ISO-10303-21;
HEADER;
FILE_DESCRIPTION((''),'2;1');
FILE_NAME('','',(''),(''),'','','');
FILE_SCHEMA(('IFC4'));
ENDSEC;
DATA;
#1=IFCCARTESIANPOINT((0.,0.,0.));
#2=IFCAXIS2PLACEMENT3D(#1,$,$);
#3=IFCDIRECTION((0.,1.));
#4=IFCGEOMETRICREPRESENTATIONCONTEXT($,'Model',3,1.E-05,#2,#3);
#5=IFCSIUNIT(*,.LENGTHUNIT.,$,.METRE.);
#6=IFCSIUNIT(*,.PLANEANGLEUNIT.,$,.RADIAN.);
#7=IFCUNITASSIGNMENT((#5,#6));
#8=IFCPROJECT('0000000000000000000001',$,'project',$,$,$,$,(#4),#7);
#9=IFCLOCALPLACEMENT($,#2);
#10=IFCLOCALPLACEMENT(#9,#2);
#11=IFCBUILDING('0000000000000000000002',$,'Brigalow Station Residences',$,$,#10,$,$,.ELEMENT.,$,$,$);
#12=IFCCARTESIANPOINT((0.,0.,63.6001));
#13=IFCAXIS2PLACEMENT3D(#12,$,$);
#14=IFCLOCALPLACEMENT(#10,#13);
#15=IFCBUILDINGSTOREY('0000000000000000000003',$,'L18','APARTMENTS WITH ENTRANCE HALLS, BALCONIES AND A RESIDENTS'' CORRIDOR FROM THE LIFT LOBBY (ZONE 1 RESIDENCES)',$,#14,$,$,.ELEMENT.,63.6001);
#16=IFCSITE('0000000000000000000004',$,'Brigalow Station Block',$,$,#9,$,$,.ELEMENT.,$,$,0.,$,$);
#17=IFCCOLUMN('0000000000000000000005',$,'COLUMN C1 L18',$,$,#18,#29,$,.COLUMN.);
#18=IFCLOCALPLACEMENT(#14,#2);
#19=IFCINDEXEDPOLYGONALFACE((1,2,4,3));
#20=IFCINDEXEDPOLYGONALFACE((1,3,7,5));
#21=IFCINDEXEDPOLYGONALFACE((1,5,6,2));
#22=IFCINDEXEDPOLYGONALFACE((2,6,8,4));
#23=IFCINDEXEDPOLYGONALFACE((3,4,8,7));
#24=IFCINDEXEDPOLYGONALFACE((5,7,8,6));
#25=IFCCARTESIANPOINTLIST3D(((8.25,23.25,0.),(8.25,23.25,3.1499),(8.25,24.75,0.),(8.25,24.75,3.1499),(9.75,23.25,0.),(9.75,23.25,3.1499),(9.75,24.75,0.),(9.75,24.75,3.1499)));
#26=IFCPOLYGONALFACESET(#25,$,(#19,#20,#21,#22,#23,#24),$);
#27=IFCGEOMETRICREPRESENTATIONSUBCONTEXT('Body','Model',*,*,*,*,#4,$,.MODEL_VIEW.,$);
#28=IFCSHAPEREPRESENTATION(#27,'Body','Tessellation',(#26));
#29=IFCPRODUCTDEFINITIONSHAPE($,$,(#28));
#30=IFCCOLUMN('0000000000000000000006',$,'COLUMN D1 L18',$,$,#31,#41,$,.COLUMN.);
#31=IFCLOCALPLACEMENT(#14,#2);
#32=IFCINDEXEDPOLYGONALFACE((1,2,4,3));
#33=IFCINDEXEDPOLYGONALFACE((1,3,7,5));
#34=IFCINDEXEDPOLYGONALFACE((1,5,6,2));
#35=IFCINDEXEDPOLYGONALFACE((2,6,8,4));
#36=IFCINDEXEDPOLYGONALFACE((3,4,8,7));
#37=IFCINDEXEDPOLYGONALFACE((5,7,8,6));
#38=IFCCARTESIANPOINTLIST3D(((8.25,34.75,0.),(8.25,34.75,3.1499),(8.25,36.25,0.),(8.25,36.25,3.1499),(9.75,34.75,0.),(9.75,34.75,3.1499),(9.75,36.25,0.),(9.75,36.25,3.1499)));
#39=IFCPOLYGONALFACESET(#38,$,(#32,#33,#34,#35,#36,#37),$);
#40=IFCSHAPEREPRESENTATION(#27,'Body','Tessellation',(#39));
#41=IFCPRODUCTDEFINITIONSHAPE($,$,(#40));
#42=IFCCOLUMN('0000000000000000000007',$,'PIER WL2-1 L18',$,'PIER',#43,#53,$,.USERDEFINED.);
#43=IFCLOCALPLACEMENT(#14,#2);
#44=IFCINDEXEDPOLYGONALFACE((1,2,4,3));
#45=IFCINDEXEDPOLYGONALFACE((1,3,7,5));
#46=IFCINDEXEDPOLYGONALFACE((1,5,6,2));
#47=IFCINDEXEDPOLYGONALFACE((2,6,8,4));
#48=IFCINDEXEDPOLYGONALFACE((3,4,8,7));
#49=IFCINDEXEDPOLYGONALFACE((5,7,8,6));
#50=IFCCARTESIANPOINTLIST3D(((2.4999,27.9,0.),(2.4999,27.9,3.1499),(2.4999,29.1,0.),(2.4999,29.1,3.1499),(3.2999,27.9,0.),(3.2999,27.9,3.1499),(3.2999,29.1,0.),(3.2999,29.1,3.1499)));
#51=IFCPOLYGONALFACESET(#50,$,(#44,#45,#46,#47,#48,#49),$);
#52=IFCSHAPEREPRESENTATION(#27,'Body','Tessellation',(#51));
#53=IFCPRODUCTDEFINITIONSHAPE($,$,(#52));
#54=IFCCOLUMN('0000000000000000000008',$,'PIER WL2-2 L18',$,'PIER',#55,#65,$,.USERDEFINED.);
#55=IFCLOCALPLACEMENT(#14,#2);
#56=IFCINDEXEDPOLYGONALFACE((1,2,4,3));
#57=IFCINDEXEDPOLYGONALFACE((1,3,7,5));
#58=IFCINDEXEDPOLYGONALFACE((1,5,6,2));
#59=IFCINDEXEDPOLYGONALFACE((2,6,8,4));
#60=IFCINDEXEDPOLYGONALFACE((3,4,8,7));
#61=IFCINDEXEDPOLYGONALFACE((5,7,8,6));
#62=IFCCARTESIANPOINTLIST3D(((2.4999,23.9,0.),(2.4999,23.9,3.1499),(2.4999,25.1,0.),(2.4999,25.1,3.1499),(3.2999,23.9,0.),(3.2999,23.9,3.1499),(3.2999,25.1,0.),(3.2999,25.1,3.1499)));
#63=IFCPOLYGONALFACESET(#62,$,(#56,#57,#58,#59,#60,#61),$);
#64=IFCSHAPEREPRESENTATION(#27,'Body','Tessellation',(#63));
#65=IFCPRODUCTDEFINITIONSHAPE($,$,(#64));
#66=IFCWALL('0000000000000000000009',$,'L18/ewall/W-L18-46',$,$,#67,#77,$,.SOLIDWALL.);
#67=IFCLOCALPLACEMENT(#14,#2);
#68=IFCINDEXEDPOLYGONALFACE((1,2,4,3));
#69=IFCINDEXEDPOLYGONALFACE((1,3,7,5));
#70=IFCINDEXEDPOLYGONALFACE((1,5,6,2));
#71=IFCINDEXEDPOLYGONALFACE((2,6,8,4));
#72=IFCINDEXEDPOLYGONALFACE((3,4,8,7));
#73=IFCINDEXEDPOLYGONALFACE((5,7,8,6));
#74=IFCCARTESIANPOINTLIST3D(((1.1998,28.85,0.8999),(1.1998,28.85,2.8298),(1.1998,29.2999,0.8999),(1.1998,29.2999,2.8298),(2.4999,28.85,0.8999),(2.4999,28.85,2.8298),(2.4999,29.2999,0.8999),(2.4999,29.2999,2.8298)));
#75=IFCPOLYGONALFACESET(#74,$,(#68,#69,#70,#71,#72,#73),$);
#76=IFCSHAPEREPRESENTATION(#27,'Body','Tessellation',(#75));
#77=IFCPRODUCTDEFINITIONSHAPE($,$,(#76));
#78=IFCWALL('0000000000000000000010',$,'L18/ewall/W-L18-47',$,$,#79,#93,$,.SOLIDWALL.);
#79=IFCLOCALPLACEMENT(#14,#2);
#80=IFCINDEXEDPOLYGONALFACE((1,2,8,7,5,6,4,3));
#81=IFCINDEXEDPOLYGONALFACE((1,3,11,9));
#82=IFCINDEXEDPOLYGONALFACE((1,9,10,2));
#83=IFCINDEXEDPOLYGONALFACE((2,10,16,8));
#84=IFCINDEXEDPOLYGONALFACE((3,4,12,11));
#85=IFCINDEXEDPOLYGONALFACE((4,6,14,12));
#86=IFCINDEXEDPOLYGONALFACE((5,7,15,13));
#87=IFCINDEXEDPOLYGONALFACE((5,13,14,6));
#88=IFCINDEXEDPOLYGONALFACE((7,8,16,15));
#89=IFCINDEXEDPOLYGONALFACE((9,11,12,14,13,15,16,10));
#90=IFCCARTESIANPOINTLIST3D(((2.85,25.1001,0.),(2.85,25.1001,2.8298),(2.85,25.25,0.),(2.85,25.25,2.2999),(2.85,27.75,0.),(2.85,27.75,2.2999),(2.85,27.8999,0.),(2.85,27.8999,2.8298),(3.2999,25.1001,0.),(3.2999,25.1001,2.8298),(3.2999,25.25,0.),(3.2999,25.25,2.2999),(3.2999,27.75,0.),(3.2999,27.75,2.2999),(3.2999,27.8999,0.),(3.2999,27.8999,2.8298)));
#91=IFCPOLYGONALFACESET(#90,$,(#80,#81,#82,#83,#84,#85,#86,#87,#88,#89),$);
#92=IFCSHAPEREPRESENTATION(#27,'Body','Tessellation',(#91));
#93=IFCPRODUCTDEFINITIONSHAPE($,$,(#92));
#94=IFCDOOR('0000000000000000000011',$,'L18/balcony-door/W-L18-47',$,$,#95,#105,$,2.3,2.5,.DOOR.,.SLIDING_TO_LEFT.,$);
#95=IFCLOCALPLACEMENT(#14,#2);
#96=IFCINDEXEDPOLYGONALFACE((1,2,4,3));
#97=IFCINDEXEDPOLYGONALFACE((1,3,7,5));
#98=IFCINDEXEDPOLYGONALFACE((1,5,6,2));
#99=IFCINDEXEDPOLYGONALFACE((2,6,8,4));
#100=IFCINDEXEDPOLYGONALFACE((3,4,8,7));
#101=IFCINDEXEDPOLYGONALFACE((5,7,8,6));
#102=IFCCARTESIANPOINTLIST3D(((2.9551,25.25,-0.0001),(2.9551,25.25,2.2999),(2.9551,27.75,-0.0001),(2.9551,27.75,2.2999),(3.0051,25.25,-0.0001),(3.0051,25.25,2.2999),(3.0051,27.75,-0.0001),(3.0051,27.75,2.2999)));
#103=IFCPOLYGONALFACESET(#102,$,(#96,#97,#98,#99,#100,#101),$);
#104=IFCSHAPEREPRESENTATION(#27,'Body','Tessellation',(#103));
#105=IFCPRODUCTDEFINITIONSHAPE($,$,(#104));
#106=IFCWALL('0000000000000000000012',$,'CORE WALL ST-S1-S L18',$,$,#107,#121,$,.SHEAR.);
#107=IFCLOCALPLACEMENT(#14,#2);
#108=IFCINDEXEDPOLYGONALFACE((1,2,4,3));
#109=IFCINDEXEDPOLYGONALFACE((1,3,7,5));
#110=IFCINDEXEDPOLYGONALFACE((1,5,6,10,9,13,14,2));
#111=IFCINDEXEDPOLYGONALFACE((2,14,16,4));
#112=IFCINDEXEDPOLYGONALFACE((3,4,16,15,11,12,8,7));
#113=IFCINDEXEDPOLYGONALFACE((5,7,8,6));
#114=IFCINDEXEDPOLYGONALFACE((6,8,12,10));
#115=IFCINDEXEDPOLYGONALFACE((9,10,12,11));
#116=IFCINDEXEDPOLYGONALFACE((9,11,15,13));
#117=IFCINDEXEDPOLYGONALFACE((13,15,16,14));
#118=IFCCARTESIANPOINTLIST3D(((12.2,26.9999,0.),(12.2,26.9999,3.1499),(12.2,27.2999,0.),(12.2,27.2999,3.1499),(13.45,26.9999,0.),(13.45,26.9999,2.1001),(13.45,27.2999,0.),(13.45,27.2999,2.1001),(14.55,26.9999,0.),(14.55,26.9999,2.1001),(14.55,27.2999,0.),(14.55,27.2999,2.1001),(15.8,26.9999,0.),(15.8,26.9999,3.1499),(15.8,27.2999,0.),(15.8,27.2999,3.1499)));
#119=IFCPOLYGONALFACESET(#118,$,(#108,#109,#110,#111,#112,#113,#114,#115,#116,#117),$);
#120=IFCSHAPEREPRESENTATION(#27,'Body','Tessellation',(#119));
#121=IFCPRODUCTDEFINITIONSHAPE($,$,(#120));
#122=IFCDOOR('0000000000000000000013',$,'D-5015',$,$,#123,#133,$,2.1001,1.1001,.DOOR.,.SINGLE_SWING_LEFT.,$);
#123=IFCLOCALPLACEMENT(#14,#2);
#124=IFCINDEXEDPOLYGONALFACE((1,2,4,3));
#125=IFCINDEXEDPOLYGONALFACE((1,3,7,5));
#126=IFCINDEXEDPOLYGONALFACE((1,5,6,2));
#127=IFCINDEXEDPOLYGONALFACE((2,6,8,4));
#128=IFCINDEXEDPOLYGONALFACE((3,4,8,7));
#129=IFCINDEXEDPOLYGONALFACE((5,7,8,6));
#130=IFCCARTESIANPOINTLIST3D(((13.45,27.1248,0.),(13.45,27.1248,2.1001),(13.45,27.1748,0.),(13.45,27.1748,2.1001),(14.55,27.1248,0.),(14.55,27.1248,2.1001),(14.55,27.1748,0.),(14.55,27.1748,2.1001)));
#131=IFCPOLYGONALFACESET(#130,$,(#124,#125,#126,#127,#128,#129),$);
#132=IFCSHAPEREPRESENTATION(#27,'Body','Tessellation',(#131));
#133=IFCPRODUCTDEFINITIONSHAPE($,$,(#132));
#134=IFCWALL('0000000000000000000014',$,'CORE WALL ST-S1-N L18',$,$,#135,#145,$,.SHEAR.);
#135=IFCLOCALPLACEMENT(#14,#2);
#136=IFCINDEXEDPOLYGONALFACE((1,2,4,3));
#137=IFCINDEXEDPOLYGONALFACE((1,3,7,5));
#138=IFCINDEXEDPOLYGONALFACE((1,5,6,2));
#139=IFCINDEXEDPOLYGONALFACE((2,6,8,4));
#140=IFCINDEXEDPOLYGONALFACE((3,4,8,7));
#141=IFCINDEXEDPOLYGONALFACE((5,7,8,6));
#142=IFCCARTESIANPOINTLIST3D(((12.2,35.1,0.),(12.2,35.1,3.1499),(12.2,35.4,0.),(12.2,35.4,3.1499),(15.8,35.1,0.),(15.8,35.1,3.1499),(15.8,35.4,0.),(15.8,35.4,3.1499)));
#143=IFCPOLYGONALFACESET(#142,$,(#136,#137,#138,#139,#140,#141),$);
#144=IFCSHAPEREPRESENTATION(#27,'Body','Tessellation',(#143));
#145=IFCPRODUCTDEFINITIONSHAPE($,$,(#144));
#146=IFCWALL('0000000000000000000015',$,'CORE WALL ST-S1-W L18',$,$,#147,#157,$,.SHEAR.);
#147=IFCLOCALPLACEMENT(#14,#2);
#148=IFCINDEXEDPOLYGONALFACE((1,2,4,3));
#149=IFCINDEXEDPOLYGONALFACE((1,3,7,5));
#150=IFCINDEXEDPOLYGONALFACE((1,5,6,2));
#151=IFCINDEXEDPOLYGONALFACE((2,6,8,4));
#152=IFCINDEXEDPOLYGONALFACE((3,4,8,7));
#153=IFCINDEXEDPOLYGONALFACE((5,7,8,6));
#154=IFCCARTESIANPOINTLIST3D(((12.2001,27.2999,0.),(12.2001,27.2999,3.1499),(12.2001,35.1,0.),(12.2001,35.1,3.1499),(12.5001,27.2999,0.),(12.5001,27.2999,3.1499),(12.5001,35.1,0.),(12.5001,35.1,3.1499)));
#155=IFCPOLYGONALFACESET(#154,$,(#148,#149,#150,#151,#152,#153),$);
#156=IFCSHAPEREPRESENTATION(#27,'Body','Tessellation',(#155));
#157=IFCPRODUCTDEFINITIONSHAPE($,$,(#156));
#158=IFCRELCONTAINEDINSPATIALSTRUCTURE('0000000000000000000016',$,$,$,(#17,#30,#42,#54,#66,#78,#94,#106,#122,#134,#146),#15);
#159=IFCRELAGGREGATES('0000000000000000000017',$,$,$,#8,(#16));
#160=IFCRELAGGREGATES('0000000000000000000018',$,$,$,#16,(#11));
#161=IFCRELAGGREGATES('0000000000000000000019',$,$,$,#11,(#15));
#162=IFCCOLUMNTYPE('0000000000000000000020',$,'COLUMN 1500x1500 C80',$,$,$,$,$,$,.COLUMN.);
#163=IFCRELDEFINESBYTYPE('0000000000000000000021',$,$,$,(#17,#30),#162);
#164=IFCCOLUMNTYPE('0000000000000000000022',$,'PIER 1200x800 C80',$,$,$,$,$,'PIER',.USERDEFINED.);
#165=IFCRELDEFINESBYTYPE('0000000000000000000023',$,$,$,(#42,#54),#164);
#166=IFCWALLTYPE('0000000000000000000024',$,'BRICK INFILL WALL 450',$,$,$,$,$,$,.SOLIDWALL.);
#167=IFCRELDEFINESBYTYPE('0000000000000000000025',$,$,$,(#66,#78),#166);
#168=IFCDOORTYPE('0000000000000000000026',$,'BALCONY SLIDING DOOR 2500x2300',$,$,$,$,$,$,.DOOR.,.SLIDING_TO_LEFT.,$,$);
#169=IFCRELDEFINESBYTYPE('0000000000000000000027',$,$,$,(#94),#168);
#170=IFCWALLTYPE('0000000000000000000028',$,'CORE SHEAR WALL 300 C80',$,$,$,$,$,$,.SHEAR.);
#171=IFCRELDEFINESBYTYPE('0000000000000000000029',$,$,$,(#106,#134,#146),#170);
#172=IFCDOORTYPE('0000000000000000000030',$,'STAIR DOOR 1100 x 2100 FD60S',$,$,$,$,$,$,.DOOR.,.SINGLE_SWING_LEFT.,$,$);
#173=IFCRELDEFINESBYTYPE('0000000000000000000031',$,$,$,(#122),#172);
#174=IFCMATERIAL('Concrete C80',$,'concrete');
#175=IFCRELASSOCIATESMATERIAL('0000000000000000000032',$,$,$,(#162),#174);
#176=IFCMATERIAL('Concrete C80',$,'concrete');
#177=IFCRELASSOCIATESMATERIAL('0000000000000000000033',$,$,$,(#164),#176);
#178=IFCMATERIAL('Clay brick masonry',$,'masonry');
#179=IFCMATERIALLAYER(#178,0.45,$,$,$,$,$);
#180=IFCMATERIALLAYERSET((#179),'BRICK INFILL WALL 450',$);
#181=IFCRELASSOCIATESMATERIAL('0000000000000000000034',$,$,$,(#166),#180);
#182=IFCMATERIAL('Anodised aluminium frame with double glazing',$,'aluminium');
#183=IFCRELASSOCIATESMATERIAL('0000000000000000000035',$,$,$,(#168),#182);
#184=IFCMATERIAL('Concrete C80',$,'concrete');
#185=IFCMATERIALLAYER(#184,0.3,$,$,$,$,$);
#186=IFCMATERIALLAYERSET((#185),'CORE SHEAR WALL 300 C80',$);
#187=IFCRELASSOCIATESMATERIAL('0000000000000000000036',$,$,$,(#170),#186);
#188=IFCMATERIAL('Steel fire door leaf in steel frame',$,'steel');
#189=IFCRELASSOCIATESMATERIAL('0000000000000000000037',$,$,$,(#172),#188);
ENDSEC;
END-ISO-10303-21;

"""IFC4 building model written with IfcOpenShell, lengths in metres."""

from ifc_helpers import new_model, si_unit, direction, frame, frame_2d, origin, origin_2d, place, context, subcontext, project, spatial, rectangle, extrude, material, layer, layer_set, material_profile, profile_set, type_object, element, fill, save


model = new_model("IFC4")

# Units and contexts
model_context = context("Model", 3, precision=1e-05, world=origin(), true_north=direction((0.0, 1.0)))
body_context = subcontext(model_context, "Body", "Model", "MODEL_VIEW")
ifc_project = project(units=[si_unit("LENGTHUNIT", "METRE"), si_unit("PLANEANGLEUNIT", "RADIAN")], contexts=[model_context])

# Site, building, storey
site_placement = place(None, origin())
site = spatial("IfcSite", under=ifc_project, at=site_placement, Name="Brigalow Station Block", CompositionType="ELEMENT", RefElevation=0.0)
building_placement = place(site_placement, origin())
building = spatial("IfcBuilding", under=site, at=building_placement, Name="Brigalow Station Residences", CompositionType="ELEMENT")
storey_placement = place(building_placement, frame((0.0, 0.0, 63.6001)))
storey = spatial("IfcBuildingStorey", under=building, at=storey_placement, Name="L18", Description="APARTMENTS WITH ENTRANCE HALLS, BALCONIES AND A RESIDENTS' CORRIDOR FROM THE LIFT LOBBY (ZONE 1 RESIDENCES)", CompositionType="ELEMENT", Elevation=63.6001)

# Columns
ifc_material_1 = material(Name="Concrete C80", Category="concrete")
ifc_material_profile_1 = material_profile(ifc_material_1, rectangle(XDim=1.5, YDim=1.5, at=origin_2d()), Name="RC1500x1500")
ifc_profile_set_1 = profile_set([ifc_material_profile_1], Name="Concrete C80")
column_type_1 = type_object("IfcColumnType", Name="COLUMN 1500x1500 C80", PredefinedType="COLUMN", material=ifc_profile_set_1)
for number, where, z_axis, x_axis, name in (
    (1, (9.0, 24.0, 0.0), (0.0, 0.0, 1.0), (1.0, 0.0, 0.0), "COLUMN C1 L18"),
    (2, (9.0, 35.5, 0.0), (0.0, 0.0, 1.0), (1.0, 0.0, 0.0), "COLUMN D1 L18"),
):
    element("IfcColumn", number, at=place(storey_placement, frame(where, z_axis=z_axis, x_axis=x_axis)), inside=storey, type_object=column_type_1, Name=name, PredefinedType="COLUMN", context=body_context, shape_type="SweptSolid", body=[
        extrude(rectangle(XDim=1.5, YDim=1.5, at=origin_2d()), origin(), (0.0, 0.0, 1.0), 3.1499),
    ])
ifc_material_2 = material(Name="Concrete C80", Category="concrete")
ifc_material_profile_2 = material_profile(ifc_material_2, rectangle(XDim=1.2, YDim=0.8, at=origin_2d()), Name="RC1200x800")
ifc_profile_set_2 = profile_set([ifc_material_profile_2], Name="Concrete C80")
column_type_2 = type_object("IfcColumnType", Name="PIER 1200x800 C80", ElementType="PIER", PredefinedType="USERDEFINED", material=ifc_profile_set_2)
for number, where, z_axis, x_axis, name in (
    (3, (2.8999, 28.5, 0.0), (0.0, 0.0, 1.0), (0.0, -1.0, 0.0), "PIER WL2-1 L18"),
    (4, (2.8999, 24.5, 0.0), (0.0, 0.0, 1.0), (0.0, -1.0, 0.0), "PIER WL2-2 L18"),
):
    element("IfcColumn", number, at=place(storey_placement, frame(where, z_axis=z_axis, x_axis=x_axis)), inside=storey, type_object=column_type_2, Name=name, ObjectType="PIER", PredefinedType="USERDEFINED", context=body_context, shape_type="SweptSolid", body=[
        extrude(rectangle(XDim=1.2, YDim=0.8, at=origin_2d()), origin(), (0.0, 0.0, 1.0), 3.1499),
    ])

# Wall
ifc_material_3 = material(Name="Clay brick masonry", Category="masonry")
ifc_layer_1 = layer(ifc_material_3, 0.45)
ifc_layer_set_1 = layer_set([ifc_layer_1], Name="BRICK INFILL WALL 450")
wall_type_1 = type_object("IfcWallType", Name="BRICK INFILL WALL 450", PredefinedType="SOLIDWALL", material=ifc_layer_set_1)
wall_1_placement = place(storey_placement, frame((1.2, 29.075, 0.8999), z_axis=(0.0, 0.0, 1.0), x_axis=(1.0, 0.0, 0.0)))
element("IfcWall", 5, at=wall_1_placement, inside=storey, type_object=wall_type_1, Name="L18/ewall/W-L18-46", PredefinedType="SOLIDWALL", context=body_context, shape_type="SweptSolid", body=[
    extrude(rectangle(XDim=1.3, YDim=0.45, at=frame_2d((0.6499, 0.0))), origin(), (0.0, 0.0, 1.0), 1.9299),
])

# Walls, openings, doors
wall_2_placement = place(storey_placement, frame((3.075, 27.8999, 0.0), z_axis=(0.0, 0.0, 1.0), x_axis=(0.0, -1.0, 0.0)))
wall_2 = element("IfcWall", 6, at=wall_2_placement, inside=storey, type_object=wall_type_1, Name="L18/ewall/W-L18-47", PredefinedType="SOLIDWALL", context=body_context, shape_type="SweptSolid", body=[
    extrude(rectangle(XDim=2.7998, YDim=0.45, at=frame_2d((1.3999, 0.0))), origin(), (0.0, 0.0, 1.0), 2.8298),
])
opening_1_placement = place(wall_2_placement, frame((0.1499, 0.0, 0.0)))
opening_1 = element("IfcOpeningElement", 7, at=opening_1_placement, cuts=wall_2, PredefinedType="OPENING", context=body_context, shape_type="SweptSolid", body=[
    extrude(rectangle(XDim=2.5, YDim=2.3, at=frame_2d((1.25, 1.1499))), frame((0.0, 0.2349, 0.0), z_axis=(0.0, -1.0, 0.0), x_axis=(1.0, 0.0, 0.0)), (0.0, 0.0, 1.0), 0.47),
])
ifc_material_4 = material(Name="Anodised aluminium frame with double glazing", Category="aluminium")
door_type_1 = type_object("IfcDoorType", Name="BALCONY SLIDING DOOR 2500x2300", OperationType="SLIDING_TO_LEFT", PredefinedType="DOOR", material=ifc_material_4)
door_1_placement = place(opening_1_placement, origin())
door_1 = element("IfcDoor", 8, at=door_1_placement, inside=storey, type_object=door_type_1, Name="L18/balcony-door/W-L18-47", OperationType="SLIDING_TO_LEFT", OverallHeight=2.3, OverallWidth=2.5, PredefinedType="DOOR", context=body_context, shape_type="SweptSolid", body=[
    extrude(rectangle(XDim=2.5, YDim=2.3, at=frame_2d((1.25, 1.1499))), frame((0.0, -0.0698, 0.0), z_axis=(0.0, -1.0, 0.0), x_axis=(1.0, 0.0, 0.0)), (0.0, 0.0, 1.0), 0.05),
])
fill(opening_1, door_1)
ifc_material_5 = material(Name="Concrete C80", Category="concrete")
ifc_layer_2 = layer(ifc_material_5, 0.3)
ifc_layer_set_2 = layer_set([ifc_layer_2], Name="CORE SHEAR WALL 300 C80")
wall_type_2 = type_object("IfcWallType", Name="CORE SHEAR WALL 300 C80", PredefinedType="SHEAR", material=ifc_layer_set_2)
wall_3_placement = place(storey_placement, frame((12.2, 27.1499, 0.0), z_axis=(0.0, 0.0, 1.0), x_axis=(1.0, 0.0, 0.0)))
wall_3 = element("IfcWall", 9, at=wall_3_placement, inside=storey, type_object=wall_type_2, Name="CORE WALL ST-S1-S L18", PredefinedType="SHEAR", context=body_context, shape_type="SweptSolid", body=[
    extrude(rectangle(XDim=3.6001, YDim=0.3, at=frame_2d((1.8, 0.0))), origin(), (0.0, 0.0, 1.0), 3.1499),
])
opening_2_placement = place(wall_3_placement, frame((1.25, 0.0, 0.0)))
opening_2 = element("IfcOpeningElement", 10, at=opening_2_placement, cuts=wall_3, PredefinedType="OPENING", context=body_context, shape_type="SweptSolid", body=[
    extrude(rectangle(XDim=1.1001, YDim=2.1001, at=frame_2d((0.55, 1.05))), frame((0.0, 0.1602, 0.0), z_axis=(0.0, -1.0, 0.0), x_axis=(1.0, 0.0, 0.0)), (0.0, 0.0, 1.0), 0.3201),
])
ifc_material_6 = material(Name="Steel fire door leaf in steel frame", Category="steel")
door_type_2 = type_object("IfcDoorType", Name="STAIR DOOR 1100 x 2100 FD60S", OperationType="SINGLE_SWING_LEFT", PredefinedType="DOOR", material=ifc_material_6)
door_2_placement = place(opening_2_placement, origin())
door_2 = element("IfcDoor", 11, at=door_2_placement, inside=storey, type_object=door_type_2, Name="D-5015", OperationType="SINGLE_SWING_LEFT", OverallHeight=2.1001, OverallWidth=1.1001, PredefinedType="DOOR", context=body_context, shape_type="SweptSolid", body=[
    extrude(rectangle(XDim=1.1001, YDim=2.1001, at=frame_2d((0.55, 1.05))), frame((0.0, 0.0249, 0.0), z_axis=(0.0, -1.0, 0.0), x_axis=(1.0, 0.0, 0.0)), (0.0, 0.0, 1.0), 0.05),
])
fill(opening_2, door_2)

# Walls
wall_4_placement = place(storey_placement, frame((12.2, 35.25, 0.0), z_axis=(0.0, 0.0, 1.0), x_axis=(1.0, 0.0, 0.0)))
element("IfcWall", 12, at=wall_4_placement, inside=storey, type_object=wall_type_2, Name="CORE WALL ST-S1-N L18", PredefinedType="SHEAR", context=body_context, shape_type="SweptSolid", body=[
    extrude(rectangle(XDim=3.6001, YDim=0.3, at=frame_2d((1.8, 0.0))), origin(), (0.0, 0.0, 1.0), 3.1499),
])
wall_5_placement = place(storey_placement, frame((12.3501, 27.3, 0.0), z_axis=(0.0, 0.0, 1.0), x_axis=(0.0, 1.0, 0.0)))
element("IfcWall", 13, at=wall_5_placement, inside=storey, type_object=wall_type_2, Name="CORE WALL ST-S1-W L18", PredefinedType="SHEAR", context=body_context, shape_type="SweptSolid", body=[
    extrude(rectangle(XDim=7.8, YDim=0.3, at=frame_2d((3.8999, 0.0))), origin(), (0.0, 0.0, 1.0), 3.1499),
])

save(model, "model.ifc")
